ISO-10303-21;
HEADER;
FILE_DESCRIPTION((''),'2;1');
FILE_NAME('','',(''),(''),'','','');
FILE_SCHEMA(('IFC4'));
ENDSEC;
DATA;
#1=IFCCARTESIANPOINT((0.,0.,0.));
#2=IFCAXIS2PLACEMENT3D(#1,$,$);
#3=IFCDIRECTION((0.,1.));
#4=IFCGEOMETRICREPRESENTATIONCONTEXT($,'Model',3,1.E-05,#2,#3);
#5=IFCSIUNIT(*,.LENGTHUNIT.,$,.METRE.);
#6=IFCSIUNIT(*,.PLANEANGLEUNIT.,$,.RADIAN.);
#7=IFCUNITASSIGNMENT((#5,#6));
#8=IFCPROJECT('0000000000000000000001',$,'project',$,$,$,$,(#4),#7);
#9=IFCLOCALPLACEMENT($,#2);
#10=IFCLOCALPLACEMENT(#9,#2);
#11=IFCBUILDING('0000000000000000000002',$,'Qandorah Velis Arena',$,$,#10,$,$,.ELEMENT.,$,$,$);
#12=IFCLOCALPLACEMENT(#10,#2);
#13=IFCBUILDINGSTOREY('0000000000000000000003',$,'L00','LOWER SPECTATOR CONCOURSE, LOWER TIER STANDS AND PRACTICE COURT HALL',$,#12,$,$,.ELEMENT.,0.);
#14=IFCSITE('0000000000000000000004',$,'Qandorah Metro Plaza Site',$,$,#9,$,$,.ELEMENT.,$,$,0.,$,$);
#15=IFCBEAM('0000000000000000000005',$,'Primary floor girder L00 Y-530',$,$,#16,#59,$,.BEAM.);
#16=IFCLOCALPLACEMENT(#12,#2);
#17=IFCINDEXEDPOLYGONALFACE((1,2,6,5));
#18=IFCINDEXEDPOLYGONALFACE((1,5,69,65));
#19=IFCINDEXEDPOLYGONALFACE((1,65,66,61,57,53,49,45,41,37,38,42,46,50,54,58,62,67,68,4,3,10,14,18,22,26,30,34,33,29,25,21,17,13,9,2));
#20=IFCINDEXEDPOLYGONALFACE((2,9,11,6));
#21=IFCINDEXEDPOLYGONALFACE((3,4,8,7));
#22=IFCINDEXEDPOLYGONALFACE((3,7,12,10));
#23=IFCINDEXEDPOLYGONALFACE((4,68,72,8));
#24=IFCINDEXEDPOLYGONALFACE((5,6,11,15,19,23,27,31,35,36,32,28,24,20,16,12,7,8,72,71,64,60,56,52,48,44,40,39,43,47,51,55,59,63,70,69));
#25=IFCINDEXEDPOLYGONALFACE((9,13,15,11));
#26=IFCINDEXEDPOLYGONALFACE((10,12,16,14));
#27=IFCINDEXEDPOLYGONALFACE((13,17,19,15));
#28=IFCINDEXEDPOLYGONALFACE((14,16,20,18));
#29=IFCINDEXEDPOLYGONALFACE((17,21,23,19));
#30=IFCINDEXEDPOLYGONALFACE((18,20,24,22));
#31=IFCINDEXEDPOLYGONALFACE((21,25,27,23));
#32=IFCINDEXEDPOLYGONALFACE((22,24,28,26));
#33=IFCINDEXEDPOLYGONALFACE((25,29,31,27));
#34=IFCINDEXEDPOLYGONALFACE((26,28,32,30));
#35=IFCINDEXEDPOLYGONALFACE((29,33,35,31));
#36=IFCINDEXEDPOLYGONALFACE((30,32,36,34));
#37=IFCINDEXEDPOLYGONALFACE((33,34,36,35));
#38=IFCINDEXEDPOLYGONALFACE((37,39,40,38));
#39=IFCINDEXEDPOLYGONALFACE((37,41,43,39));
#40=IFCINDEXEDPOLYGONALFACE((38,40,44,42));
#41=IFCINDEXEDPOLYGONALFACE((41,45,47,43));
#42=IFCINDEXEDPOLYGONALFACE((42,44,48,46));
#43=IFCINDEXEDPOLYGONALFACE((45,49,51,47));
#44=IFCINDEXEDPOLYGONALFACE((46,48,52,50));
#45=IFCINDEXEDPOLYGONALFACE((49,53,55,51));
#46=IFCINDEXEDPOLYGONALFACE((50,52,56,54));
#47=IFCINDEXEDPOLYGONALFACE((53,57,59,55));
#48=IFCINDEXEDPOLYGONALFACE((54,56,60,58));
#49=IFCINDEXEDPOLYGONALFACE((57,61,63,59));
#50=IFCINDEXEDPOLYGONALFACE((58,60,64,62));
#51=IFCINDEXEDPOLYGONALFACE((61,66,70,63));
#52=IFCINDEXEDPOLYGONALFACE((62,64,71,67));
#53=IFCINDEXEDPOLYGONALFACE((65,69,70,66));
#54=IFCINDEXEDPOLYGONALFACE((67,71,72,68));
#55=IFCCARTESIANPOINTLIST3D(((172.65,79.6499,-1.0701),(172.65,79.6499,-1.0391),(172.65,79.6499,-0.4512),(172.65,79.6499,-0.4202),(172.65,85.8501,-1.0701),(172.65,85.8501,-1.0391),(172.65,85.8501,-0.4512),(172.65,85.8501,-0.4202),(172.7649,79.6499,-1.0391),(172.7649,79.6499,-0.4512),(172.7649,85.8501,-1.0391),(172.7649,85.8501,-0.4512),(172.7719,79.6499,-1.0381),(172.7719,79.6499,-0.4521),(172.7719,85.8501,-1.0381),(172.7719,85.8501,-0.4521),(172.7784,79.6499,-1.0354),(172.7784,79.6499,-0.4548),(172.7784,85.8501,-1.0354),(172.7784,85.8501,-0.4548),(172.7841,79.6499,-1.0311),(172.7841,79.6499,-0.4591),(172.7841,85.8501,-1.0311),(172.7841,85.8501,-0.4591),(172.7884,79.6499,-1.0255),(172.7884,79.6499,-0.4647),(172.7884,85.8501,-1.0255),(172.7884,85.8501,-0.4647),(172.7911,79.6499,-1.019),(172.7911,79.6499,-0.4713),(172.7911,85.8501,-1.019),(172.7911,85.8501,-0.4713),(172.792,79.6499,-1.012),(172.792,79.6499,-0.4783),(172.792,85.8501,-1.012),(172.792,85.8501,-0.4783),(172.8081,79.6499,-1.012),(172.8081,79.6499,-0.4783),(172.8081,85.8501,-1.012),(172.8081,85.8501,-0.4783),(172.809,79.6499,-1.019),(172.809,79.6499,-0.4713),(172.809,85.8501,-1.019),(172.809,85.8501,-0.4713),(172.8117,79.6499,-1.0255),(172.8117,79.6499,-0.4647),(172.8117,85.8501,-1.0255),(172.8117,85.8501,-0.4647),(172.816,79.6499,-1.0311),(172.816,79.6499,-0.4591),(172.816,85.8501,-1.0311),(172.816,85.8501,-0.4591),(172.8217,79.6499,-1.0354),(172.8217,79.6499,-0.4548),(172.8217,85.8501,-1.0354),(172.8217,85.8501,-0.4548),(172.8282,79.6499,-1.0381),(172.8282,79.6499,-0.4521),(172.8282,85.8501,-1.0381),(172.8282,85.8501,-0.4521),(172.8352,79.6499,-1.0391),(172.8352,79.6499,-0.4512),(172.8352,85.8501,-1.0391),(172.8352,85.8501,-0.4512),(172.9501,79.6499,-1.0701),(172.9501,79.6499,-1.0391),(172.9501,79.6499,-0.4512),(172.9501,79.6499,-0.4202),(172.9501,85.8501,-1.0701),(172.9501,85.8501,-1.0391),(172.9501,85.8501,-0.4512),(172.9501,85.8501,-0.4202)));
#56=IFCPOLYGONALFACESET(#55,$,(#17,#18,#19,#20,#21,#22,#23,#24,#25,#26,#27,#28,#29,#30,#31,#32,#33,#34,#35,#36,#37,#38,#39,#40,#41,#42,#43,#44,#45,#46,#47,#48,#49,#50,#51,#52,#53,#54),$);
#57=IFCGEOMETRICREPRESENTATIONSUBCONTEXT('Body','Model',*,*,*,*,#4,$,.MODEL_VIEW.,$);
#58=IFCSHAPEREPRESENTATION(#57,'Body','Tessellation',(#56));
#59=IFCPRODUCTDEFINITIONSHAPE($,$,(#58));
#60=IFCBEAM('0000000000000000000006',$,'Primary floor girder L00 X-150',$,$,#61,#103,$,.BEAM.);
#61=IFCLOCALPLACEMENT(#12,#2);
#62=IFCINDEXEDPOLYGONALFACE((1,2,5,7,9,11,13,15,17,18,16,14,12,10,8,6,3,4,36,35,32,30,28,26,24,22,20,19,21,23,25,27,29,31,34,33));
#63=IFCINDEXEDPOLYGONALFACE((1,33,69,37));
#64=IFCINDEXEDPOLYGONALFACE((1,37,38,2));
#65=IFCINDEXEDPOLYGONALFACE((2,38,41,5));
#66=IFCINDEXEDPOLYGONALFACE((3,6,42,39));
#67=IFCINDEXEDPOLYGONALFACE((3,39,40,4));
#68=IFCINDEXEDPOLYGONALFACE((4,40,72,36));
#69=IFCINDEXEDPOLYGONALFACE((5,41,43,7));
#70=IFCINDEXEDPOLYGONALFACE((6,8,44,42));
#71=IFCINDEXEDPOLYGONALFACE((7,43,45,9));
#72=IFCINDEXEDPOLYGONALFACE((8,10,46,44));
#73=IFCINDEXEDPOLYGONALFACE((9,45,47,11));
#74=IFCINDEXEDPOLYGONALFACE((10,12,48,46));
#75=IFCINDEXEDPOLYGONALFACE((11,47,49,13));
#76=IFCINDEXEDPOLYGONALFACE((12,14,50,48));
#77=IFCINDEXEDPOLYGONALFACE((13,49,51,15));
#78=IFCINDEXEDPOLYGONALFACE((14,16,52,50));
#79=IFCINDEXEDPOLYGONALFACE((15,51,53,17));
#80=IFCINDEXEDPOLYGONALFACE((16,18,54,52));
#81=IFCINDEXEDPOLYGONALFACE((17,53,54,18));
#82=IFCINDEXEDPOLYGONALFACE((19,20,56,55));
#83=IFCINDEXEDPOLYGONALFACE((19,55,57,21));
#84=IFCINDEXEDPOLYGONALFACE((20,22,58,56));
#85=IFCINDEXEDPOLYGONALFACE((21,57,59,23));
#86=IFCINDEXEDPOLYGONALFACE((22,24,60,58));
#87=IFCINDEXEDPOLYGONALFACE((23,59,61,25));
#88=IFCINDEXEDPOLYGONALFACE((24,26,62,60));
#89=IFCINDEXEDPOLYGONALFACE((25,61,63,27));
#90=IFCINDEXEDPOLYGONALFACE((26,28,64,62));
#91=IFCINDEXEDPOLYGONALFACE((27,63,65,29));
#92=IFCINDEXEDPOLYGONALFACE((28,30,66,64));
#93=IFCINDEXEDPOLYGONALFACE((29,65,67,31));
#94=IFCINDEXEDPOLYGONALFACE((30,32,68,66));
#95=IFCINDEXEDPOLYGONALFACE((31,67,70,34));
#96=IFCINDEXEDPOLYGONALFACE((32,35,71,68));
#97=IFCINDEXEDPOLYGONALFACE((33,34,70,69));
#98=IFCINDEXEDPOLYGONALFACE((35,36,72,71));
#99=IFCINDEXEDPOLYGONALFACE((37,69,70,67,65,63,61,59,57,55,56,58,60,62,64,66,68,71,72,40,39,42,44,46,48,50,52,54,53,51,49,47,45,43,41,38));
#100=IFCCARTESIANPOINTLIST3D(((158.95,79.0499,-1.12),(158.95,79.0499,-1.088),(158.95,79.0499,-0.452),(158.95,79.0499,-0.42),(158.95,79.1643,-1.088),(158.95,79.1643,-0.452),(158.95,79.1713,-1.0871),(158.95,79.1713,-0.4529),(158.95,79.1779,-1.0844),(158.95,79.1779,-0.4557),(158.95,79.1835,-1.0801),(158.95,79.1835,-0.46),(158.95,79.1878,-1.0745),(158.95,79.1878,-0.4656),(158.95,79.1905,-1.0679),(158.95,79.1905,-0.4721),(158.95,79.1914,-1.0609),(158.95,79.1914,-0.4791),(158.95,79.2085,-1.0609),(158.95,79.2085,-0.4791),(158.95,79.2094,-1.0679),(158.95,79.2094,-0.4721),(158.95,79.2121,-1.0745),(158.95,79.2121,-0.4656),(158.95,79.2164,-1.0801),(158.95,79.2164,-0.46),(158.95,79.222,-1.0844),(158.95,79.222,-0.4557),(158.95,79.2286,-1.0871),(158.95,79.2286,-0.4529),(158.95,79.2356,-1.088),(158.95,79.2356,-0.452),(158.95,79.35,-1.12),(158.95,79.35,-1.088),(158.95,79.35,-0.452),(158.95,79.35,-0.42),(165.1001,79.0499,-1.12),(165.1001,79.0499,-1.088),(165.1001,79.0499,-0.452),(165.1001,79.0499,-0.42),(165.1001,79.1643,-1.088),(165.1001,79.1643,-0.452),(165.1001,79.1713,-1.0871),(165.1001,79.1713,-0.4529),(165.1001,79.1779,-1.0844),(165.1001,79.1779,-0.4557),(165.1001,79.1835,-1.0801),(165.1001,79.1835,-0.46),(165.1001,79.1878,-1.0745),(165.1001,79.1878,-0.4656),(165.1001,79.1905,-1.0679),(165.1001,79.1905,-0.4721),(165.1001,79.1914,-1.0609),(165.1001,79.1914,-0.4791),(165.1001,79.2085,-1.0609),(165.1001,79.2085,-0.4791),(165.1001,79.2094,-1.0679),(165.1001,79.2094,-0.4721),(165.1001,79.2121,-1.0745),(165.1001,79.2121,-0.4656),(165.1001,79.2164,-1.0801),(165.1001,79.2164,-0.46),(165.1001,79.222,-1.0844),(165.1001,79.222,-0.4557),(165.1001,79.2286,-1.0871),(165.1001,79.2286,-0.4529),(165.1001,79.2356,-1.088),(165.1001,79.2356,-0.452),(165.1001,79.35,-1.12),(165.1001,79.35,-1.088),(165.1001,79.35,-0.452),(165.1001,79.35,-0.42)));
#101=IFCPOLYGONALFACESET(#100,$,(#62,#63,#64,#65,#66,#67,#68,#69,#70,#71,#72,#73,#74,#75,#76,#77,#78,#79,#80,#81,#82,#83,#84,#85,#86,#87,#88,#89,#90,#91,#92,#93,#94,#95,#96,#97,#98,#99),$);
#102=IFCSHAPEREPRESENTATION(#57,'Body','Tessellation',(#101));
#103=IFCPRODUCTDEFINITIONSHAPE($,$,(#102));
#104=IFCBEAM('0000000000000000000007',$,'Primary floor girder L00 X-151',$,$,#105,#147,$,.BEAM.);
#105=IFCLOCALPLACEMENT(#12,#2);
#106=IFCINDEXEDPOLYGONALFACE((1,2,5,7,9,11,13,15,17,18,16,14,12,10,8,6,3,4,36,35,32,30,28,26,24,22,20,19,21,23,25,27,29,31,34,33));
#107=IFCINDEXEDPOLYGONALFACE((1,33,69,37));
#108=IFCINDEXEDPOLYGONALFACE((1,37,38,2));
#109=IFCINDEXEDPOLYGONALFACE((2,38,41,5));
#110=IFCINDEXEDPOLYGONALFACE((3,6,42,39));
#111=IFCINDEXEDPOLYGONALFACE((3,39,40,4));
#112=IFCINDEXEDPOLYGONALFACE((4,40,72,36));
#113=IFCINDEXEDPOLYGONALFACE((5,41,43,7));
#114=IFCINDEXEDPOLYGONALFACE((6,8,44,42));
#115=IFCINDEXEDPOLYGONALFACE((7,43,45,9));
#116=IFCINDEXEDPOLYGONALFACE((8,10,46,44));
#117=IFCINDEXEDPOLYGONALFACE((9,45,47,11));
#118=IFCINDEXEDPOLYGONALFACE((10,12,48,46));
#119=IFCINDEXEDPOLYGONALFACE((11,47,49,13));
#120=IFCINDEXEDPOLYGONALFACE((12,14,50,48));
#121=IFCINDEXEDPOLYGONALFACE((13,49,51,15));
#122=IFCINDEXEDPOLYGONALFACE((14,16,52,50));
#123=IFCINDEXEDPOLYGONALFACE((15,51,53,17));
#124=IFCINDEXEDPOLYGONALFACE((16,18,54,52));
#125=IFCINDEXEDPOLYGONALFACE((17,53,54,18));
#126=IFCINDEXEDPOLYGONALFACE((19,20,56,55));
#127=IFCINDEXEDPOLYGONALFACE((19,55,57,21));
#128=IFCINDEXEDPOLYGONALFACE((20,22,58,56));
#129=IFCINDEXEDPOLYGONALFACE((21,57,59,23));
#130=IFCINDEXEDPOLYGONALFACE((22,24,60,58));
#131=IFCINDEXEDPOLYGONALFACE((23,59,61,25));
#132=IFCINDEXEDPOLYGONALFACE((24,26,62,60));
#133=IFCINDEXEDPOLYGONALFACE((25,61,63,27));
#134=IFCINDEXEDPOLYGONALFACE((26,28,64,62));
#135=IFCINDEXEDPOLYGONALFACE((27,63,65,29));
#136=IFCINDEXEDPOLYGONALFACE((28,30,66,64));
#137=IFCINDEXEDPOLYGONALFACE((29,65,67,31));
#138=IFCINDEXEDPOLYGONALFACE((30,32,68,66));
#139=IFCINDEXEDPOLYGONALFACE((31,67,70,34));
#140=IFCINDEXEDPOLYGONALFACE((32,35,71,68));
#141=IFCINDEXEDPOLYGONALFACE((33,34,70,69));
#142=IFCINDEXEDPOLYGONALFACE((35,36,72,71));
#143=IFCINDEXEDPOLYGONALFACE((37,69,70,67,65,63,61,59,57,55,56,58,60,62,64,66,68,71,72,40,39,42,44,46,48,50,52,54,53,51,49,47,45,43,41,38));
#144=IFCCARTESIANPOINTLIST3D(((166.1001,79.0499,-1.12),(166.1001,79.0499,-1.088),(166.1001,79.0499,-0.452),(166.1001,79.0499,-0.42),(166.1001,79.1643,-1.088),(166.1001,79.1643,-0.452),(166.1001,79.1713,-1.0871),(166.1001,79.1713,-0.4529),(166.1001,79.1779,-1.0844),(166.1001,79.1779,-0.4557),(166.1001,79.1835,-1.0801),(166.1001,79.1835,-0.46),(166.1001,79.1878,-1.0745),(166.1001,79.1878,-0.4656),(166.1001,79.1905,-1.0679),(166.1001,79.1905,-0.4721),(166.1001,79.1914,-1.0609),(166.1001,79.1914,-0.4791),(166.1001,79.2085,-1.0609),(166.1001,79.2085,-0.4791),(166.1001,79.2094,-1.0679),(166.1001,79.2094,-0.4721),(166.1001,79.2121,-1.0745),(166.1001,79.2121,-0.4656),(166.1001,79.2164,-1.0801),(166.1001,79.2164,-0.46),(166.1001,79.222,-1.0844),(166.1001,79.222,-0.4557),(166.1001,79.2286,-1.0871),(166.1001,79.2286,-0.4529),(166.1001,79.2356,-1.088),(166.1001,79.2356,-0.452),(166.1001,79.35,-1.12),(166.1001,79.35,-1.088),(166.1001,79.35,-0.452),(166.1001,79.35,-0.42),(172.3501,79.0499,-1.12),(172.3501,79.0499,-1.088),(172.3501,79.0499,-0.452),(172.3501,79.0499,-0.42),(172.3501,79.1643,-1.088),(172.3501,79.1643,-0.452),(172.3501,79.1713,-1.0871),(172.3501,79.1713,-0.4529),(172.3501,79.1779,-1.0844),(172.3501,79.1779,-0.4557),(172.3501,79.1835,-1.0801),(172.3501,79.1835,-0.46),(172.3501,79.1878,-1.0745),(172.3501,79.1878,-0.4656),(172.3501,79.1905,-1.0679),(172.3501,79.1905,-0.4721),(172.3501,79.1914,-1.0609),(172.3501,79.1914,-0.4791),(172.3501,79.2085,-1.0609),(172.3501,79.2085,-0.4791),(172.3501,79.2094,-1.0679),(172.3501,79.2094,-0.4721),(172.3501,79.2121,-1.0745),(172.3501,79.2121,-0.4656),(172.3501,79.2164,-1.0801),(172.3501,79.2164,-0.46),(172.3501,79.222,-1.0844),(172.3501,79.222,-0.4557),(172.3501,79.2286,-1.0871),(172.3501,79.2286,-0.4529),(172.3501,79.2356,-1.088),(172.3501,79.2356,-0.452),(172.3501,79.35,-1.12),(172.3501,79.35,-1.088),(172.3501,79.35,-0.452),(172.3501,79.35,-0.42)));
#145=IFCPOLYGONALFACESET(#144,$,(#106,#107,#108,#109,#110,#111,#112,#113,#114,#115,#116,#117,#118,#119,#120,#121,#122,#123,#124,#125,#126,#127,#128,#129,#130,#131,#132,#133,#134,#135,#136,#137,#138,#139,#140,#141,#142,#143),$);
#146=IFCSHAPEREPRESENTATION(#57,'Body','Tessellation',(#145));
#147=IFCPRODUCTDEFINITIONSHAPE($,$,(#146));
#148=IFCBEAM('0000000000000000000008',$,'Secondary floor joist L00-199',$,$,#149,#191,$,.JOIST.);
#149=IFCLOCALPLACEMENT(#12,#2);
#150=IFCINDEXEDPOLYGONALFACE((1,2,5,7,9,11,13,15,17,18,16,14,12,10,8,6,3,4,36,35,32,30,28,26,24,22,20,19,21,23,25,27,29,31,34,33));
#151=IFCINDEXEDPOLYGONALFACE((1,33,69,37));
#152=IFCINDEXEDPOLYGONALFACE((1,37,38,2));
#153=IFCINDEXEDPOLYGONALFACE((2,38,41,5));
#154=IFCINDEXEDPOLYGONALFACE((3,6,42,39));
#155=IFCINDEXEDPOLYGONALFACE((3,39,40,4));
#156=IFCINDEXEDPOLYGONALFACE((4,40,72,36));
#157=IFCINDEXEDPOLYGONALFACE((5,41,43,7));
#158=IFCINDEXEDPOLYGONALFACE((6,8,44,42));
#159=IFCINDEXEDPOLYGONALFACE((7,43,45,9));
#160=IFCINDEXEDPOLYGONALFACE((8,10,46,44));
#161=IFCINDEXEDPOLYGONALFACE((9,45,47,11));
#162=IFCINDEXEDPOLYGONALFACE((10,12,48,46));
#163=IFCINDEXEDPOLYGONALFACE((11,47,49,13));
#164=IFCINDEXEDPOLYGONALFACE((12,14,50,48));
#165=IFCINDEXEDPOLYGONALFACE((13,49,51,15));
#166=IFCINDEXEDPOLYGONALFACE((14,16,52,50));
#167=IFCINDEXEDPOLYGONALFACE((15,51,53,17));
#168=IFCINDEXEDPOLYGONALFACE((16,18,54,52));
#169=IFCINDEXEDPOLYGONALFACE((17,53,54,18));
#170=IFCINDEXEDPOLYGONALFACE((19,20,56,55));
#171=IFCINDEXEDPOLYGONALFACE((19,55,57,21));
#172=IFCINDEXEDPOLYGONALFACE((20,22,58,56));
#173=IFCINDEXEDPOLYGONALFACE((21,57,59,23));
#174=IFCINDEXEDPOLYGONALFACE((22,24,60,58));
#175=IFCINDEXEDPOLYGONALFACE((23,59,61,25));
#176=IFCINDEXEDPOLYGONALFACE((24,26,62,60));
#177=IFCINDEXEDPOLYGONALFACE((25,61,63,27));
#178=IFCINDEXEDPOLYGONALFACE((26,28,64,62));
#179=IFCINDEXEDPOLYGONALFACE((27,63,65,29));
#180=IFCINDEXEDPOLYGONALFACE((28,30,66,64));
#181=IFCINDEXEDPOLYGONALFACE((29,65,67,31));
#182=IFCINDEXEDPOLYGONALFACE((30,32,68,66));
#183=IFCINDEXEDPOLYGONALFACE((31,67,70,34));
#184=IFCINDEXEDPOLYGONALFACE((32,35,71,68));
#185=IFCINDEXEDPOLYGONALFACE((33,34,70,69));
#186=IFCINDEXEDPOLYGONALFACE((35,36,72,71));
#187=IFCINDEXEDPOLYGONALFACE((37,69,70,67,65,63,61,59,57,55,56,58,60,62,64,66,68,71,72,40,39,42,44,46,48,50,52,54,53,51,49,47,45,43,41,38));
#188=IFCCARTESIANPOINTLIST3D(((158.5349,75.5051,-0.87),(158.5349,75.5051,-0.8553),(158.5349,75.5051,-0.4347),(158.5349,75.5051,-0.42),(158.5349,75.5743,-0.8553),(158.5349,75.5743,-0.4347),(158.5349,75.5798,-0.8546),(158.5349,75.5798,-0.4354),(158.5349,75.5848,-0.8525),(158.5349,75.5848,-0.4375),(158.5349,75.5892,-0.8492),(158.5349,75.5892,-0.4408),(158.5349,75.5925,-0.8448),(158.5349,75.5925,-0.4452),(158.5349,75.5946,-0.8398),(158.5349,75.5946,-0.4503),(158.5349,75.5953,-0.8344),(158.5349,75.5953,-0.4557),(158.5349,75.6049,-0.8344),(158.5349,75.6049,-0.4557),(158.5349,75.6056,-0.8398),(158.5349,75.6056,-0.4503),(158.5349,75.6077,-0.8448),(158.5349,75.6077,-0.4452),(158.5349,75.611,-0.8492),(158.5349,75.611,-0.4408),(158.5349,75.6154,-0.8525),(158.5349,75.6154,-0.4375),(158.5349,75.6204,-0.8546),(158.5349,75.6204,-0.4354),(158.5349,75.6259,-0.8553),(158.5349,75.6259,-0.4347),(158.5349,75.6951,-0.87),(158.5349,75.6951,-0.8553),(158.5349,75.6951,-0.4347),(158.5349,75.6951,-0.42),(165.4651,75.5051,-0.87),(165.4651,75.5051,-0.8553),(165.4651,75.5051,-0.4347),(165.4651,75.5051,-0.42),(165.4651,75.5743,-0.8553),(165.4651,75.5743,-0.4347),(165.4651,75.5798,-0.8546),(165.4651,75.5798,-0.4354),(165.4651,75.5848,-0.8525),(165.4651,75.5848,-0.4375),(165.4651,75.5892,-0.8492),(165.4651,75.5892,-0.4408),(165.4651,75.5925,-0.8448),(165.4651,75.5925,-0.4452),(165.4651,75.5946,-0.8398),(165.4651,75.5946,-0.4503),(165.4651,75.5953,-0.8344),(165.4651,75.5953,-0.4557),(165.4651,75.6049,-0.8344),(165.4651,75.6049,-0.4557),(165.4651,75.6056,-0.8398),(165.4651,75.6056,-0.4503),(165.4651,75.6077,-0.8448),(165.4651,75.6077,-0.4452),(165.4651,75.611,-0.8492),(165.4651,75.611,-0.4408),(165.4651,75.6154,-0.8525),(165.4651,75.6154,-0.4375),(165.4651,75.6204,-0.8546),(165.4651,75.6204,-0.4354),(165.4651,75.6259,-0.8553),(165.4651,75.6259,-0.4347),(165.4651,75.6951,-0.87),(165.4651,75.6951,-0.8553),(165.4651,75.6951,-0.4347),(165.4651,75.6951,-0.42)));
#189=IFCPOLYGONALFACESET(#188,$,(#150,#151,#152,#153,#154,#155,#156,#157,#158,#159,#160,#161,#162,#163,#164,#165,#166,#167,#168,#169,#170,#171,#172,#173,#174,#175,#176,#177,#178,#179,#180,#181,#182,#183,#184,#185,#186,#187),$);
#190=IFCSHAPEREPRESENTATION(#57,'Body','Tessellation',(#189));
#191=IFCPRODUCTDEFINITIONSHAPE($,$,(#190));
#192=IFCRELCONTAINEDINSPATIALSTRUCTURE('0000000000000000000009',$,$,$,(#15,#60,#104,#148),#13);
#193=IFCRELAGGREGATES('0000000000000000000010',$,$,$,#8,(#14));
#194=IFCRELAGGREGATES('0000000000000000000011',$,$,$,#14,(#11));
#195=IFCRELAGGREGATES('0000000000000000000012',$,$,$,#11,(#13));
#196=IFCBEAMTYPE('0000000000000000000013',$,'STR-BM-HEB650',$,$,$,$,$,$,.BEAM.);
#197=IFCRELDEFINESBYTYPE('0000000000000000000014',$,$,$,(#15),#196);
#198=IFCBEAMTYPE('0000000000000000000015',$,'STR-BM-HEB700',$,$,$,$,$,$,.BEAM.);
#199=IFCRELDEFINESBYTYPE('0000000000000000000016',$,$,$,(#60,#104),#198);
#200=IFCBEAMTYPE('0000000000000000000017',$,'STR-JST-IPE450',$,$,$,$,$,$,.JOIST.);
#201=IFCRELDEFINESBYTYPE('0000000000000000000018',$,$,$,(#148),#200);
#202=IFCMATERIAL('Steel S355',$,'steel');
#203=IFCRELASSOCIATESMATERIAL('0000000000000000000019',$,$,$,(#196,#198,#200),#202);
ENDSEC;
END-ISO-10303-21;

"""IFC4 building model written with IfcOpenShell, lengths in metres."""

from ifc_helpers import new_model, si_unit, direction, frame, origin, origin_2d, place, context, subcontext, project, spatial, i_section, extrude, material, material_profile, profile_set, type_object, element, save


model = new_model("IFC4")

# Units and contexts
model_context = context("Model", 3, precision=1e-05, world=origin(), true_north=direction((0.0, 1.0)))
body_context = subcontext(model_context, "Body", "Model", "MODEL_VIEW")
ifc_project = project(units=[si_unit("LENGTHUNIT", "METRE"), si_unit("PLANEANGLEUNIT", "RADIAN")], contexts=[model_context])

# Site, building, storey
site_placement = place(None, origin())
site = spatial("IfcSite", under=ifc_project, at=site_placement, Name="Qandorah Metro Plaza Site", CompositionType="ELEMENT", RefElevation=0.0)
building_placement = place(site_placement, origin())
building = spatial("IfcBuilding", under=site, at=building_placement, Name="Qandorah Velis Arena", CompositionType="ELEMENT")
storey_placement = place(building_placement, origin())
storey = spatial("IfcBuildingStorey", under=building, at=storey_placement, Name="L00", Description="LOWER SPECTATOR CONCOURSE, LOWER TIER STANDS AND PRACTICE COURT HALL", CompositionType="ELEMENT", Elevation=0.0)

# Beams
ifc_material_1 = material(Name="Steel S355", Category="steel")
ifc_material_profile_1 = material_profile(ifc_material_1, i_section(OverallWidth=0.3, OverallDepth=0.6499, WebThickness=0.0161, FlangeThickness=0.031, FilletRadius=0.0271, at=origin_2d()), Name="HEB 650")
ifc_profile_set_1 = profile_set([ifc_material_profile_1], Name="Steel S355")
beam_type_1 = type_object("IfcBeamType", Name="STR-BM-HEB650", PredefinedType="BEAM", material=ifc_profile_set_1)
beam_1_placement = place(storey_placement, frame((172.8, 79.6499, -0.7451), z_axis=(0.0, 1.0, 0.0), x_axis=(-1.0, 0.0, 0.0)))
element("IfcBeam", 1, at=beam_1_placement, inside=storey, type_object=beam_type_1, Name="Primary floor girder L00 Y-530", PredefinedType="BEAM", context=body_context, shape_type="SweptSolid", body=[
    extrude(i_section(OverallWidth=0.3, OverallDepth=0.6499, WebThickness=0.0161, FlangeThickness=0.031, FilletRadius=0.0271, at=origin_2d()), origin(), (0.0, 0.0, 1.0), 6.2002),
])
ifc_material_profile_2 = material_profile(ifc_material_1, i_section(OverallWidth=0.3, OverallDepth=0.7, WebThickness=0.0171, FlangeThickness=0.032, FilletRadius=0.0271, at=origin_2d()), Name="HEB 700")
ifc_profile_set_2 = profile_set([ifc_material_profile_2], Name="Steel S355")
beam_type_2 = type_object("IfcBeamType", Name="STR-BM-HEB700", PredefinedType="BEAM", material=ifc_profile_set_2)
beam_2_placement = place(storey_placement, frame((158.95, 79.2, -0.77), z_axis=(1.0, 0.0, 0.0), x_axis=(0.0, 1.0, 0.0)))
element("IfcBeam", 2, at=beam_2_placement, inside=storey, type_object=beam_type_2, Name="Primary floor girder L00 X-150", PredefinedType="BEAM", context=body_context, shape_type="SweptSolid", body=[
    extrude(i_section(OverallWidth=0.3, OverallDepth=0.7, WebThickness=0.0171, FlangeThickness=0.032, FilletRadius=0.0271, at=origin_2d()), origin(), (0.0, 0.0, 1.0), 6.1501),
])
beam_3_placement = place(storey_placement, frame((166.1001, 79.2, -0.77), z_axis=(1.0, 0.0, 0.0), x_axis=(0.0, 1.0, 0.0)))
element("IfcBeam", 3, at=beam_3_placement, inside=storey, type_object=beam_type_2, Name="Primary floor girder L00 X-151", PredefinedType="BEAM", context=body_context, shape_type="SweptSolid", body=[
    extrude(i_section(OverallWidth=0.3, OverallDepth=0.7, WebThickness=0.0171, FlangeThickness=0.032, FilletRadius=0.0271, at=origin_2d()), origin(), (0.0, 0.0, 1.0), 6.25),
])
ifc_material_profile_3 = material_profile(ifc_material_1, i_section(OverallWidth=0.1899, OverallDepth=0.45, WebThickness=0.0095, FlangeThickness=0.0146, FilletRadius=0.021, at=origin_2d()), Name="IPE 450")
ifc_profile_set_3 = profile_set([ifc_material_profile_3], Name="Steel S355")
beam_type_3 = type_object("IfcBeamType", Name="STR-JST-IPE450", PredefinedType="JOIST", material=ifc_profile_set_3)
beam_4_placement = place(storey_placement, frame((158.5349, 75.6001, -0.645), z_axis=(1.0, 0.0, 0.0), x_axis=(0.0, 1.0, 0.0)))
element("IfcBeam", 4, at=beam_4_placement, inside=storey, type_object=beam_type_3, Name="Secondary floor joist L00-199", PredefinedType="JOIST", context=body_context, shape_type="SweptSolid", body=[
    extrude(i_section(OverallWidth=0.1899, OverallDepth=0.45, WebThickness=0.0095, FlangeThickness=0.0146, FilletRadius=0.021, at=origin_2d()), origin(), (0.0, 0.0, 1.0), 6.9302),
])

save(model, "model.ifc")
